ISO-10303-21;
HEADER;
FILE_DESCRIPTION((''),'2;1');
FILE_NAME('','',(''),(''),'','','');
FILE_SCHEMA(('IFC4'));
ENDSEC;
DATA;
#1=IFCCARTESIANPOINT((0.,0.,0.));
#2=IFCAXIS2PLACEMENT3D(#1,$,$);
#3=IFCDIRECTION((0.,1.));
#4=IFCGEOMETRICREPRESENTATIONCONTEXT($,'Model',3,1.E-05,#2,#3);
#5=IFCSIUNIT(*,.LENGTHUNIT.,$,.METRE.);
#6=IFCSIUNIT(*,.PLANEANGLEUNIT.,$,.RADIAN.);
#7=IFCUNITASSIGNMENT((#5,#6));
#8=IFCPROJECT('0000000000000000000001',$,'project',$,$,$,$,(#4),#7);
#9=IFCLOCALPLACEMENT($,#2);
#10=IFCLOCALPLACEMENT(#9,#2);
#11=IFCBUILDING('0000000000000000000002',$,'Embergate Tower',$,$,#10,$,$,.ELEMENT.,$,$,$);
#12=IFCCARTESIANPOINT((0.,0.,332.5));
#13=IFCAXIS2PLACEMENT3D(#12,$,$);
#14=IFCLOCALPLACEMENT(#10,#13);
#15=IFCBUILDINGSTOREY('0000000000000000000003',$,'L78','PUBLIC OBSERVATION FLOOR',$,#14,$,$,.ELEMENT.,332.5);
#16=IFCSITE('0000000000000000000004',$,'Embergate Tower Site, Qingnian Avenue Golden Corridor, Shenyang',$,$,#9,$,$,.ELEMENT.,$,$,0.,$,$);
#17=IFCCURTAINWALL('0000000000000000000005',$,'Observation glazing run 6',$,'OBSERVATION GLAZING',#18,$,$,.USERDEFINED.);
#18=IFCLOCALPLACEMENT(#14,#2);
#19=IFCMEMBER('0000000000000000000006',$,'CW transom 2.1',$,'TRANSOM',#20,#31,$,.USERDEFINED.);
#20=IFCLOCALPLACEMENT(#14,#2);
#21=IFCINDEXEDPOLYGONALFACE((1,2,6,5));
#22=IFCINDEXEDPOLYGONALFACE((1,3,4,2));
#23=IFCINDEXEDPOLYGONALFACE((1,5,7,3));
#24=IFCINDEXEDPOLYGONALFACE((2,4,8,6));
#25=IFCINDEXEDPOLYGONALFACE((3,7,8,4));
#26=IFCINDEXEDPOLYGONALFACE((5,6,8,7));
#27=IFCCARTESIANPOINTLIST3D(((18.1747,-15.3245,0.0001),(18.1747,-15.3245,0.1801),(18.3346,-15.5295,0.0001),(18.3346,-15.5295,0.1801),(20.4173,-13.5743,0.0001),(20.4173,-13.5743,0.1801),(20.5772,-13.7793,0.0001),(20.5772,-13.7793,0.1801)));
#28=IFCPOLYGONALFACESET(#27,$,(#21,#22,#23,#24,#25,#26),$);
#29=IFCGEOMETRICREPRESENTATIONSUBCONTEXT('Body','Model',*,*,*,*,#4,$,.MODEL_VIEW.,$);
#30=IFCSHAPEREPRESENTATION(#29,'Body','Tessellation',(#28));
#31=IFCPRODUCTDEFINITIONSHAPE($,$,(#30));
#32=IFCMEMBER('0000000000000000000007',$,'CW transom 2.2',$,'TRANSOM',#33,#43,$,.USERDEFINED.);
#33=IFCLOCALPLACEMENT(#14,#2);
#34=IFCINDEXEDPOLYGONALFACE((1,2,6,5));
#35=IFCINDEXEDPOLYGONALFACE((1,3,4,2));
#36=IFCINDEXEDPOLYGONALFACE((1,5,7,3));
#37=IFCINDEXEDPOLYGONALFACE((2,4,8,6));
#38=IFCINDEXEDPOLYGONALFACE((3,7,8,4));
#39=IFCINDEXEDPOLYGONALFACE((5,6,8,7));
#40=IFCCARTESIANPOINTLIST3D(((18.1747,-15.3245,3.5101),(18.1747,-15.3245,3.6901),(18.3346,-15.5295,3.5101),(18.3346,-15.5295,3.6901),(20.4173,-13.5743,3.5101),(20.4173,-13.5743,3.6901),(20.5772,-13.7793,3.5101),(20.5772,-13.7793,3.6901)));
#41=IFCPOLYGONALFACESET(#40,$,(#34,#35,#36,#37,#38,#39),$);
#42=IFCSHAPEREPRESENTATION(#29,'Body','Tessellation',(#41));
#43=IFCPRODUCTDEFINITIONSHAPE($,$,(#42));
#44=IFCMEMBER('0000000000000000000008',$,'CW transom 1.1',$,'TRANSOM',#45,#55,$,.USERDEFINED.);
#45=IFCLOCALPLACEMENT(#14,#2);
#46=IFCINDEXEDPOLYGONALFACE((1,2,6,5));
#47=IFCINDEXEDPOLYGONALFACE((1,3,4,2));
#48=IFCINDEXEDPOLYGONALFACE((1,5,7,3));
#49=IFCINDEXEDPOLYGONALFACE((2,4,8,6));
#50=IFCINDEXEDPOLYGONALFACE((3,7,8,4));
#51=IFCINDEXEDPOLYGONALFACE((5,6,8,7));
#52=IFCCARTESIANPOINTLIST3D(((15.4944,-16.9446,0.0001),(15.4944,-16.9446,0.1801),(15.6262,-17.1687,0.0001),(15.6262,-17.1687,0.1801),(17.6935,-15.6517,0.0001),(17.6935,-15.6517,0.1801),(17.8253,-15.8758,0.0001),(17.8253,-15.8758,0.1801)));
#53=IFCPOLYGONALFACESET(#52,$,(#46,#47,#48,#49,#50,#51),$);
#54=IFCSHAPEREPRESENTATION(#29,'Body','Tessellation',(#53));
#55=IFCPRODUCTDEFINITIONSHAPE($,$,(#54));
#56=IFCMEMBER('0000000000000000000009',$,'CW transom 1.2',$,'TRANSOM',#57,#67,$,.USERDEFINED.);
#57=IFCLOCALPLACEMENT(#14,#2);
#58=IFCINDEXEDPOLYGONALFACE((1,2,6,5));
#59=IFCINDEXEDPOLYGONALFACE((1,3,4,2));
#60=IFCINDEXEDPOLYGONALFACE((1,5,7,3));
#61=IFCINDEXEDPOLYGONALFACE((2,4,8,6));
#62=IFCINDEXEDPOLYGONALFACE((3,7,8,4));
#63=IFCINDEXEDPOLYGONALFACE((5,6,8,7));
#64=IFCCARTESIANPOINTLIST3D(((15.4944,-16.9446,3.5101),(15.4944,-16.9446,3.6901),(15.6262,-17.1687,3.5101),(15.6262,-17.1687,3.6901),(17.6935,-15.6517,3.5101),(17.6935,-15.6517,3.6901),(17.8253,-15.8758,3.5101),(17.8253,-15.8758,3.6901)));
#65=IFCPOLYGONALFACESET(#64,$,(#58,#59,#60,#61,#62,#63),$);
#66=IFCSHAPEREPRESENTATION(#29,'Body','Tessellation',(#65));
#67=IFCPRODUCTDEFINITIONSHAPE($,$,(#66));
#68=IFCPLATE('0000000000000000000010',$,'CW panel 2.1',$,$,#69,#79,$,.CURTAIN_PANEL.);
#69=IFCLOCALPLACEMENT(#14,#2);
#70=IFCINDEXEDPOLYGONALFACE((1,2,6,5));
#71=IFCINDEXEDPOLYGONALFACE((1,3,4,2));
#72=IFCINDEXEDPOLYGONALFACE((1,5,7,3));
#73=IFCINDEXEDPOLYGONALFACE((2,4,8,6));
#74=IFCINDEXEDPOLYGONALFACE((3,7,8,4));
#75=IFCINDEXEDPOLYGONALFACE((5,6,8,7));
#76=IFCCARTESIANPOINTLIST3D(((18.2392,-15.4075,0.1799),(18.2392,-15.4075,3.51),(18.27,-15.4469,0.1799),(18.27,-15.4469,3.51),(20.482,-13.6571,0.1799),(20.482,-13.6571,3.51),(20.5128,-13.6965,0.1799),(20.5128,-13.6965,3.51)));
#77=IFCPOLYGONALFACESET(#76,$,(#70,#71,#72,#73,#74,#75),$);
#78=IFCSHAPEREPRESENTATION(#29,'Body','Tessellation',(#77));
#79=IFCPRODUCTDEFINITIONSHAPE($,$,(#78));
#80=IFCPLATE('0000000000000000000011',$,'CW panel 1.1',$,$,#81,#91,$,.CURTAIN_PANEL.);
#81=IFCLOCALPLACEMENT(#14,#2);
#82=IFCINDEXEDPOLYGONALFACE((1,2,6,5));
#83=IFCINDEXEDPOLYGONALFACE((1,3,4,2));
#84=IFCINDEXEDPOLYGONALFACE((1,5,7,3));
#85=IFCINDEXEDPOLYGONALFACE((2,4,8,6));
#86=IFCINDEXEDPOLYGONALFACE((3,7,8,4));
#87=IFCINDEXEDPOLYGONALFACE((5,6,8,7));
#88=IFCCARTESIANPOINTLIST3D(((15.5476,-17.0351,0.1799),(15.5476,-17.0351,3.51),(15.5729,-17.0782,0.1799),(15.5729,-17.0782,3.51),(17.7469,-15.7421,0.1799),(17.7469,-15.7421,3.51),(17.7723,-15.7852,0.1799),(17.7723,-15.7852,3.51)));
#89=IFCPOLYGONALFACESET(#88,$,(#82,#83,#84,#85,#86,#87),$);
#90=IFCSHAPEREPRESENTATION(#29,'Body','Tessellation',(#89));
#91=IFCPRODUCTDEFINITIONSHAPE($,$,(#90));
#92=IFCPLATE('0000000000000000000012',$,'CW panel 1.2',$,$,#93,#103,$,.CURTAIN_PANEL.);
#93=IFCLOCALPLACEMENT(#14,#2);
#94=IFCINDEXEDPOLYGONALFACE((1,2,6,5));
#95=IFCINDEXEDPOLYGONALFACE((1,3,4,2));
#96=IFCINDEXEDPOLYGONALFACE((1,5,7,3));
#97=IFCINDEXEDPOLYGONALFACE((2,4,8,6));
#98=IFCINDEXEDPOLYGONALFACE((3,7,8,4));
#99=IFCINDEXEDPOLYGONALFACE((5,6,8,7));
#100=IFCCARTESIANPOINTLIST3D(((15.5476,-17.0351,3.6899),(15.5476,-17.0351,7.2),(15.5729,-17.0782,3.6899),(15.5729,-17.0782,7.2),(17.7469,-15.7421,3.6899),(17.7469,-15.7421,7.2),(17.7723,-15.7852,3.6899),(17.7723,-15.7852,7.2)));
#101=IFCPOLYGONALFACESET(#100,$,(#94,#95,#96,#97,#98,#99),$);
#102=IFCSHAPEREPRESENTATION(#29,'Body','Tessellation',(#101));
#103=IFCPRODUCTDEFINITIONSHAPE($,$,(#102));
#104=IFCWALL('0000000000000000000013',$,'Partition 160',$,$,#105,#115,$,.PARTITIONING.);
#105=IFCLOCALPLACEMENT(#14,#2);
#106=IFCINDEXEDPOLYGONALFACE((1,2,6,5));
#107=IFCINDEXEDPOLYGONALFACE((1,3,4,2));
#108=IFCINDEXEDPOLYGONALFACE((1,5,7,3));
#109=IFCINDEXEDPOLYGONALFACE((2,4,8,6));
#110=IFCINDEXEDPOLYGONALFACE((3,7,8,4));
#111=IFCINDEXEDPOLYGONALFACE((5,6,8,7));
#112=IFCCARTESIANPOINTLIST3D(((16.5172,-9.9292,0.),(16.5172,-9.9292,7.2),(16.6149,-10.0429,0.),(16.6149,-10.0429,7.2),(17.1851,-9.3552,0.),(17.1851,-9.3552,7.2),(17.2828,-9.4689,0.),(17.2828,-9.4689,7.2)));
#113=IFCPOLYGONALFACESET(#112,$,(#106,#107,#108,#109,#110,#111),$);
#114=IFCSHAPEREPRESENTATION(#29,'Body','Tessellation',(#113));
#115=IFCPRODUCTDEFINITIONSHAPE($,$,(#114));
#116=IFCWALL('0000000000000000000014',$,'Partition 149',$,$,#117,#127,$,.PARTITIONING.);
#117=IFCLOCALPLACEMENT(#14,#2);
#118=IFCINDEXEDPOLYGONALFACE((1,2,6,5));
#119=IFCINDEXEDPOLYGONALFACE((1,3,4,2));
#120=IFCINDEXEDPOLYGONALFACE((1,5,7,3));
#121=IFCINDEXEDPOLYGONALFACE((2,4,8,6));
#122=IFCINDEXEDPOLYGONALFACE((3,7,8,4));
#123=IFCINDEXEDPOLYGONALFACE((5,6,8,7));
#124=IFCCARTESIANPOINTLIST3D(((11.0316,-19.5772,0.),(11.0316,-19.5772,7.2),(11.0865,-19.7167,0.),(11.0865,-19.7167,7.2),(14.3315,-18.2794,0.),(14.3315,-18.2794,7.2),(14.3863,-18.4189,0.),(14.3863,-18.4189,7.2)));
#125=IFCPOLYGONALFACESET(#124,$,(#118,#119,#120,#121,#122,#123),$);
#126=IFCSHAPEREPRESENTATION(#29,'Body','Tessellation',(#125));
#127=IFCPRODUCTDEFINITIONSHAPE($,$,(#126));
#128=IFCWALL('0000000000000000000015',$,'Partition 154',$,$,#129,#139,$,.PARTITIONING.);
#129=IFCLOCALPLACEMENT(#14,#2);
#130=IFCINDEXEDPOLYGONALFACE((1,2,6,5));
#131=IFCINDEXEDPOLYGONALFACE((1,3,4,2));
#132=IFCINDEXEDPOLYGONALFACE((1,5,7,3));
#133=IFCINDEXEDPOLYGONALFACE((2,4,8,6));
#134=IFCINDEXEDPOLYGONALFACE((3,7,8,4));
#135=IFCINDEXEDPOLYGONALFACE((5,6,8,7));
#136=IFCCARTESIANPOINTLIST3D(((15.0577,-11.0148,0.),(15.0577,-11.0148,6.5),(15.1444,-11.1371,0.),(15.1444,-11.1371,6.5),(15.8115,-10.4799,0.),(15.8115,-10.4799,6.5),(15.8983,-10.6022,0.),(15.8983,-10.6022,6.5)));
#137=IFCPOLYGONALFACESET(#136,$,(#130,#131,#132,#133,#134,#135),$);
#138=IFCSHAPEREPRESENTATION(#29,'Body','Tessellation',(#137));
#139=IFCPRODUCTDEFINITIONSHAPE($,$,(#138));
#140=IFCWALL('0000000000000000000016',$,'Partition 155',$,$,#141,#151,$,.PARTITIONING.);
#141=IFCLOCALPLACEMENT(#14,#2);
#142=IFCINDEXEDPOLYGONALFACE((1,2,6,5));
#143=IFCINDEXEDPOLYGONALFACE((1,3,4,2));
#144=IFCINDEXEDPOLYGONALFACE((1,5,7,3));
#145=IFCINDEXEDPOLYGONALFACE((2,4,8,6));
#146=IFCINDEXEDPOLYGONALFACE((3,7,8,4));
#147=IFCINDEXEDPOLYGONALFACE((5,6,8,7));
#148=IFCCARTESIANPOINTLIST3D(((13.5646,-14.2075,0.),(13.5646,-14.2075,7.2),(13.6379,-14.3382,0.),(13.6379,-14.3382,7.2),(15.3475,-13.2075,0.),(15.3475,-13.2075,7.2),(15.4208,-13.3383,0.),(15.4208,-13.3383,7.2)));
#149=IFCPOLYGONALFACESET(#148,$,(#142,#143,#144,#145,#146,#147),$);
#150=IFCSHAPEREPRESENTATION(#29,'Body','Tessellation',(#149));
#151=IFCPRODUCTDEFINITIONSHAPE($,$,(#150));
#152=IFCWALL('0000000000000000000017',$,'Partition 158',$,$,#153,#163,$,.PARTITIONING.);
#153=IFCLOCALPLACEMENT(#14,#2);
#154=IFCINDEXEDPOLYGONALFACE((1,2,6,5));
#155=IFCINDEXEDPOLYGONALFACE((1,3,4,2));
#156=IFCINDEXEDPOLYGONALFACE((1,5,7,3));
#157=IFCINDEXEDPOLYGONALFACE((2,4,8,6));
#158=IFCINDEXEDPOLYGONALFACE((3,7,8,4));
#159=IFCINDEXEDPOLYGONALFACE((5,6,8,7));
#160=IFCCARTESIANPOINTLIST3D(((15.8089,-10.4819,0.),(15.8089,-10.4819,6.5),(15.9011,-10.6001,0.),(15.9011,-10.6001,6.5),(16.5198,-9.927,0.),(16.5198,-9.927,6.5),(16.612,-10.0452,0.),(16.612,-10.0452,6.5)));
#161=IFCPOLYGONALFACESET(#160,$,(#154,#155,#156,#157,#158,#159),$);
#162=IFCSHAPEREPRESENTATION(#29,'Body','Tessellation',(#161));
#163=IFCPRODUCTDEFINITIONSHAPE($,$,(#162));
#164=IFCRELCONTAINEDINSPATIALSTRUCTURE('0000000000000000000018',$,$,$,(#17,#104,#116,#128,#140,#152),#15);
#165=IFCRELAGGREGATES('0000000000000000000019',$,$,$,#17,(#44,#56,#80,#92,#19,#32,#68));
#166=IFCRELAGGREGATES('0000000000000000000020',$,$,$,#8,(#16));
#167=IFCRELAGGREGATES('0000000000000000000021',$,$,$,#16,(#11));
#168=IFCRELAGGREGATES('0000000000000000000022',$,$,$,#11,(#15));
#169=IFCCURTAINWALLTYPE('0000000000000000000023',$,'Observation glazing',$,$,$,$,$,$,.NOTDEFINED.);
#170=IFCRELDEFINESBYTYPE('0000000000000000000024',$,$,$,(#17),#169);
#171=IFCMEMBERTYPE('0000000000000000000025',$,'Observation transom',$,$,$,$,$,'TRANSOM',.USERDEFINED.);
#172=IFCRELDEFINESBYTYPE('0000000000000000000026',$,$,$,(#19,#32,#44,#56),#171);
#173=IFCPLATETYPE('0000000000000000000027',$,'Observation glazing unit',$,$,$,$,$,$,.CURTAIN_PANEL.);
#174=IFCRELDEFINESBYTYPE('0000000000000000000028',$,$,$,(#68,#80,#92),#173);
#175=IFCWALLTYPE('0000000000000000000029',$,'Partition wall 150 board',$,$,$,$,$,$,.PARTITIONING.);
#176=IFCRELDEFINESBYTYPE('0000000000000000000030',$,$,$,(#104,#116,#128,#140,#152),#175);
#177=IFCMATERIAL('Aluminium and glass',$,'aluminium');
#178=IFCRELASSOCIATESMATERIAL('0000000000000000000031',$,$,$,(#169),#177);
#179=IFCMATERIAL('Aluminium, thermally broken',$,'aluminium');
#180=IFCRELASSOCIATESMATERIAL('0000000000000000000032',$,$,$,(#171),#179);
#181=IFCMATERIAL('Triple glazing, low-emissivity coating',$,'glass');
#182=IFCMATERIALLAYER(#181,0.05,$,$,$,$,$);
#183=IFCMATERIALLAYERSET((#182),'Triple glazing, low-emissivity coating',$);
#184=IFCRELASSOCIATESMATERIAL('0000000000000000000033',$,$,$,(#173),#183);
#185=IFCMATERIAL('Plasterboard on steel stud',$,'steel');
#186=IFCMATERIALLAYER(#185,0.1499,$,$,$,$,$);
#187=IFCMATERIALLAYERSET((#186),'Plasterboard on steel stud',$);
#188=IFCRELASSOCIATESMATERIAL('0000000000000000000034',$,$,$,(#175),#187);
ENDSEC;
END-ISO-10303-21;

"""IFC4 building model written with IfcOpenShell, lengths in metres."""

from ifc_helpers import new_model, si_unit, direction, frame, frame_2d, origin, origin_2d, place, context, subcontext, project, spatial, rectangle, extrude, source, transform, mapped, material, layer, layer_set, material_profile, profile_set, type_object, element, aggregate, save


model = new_model("IFC4")

# Units and contexts
model_context = context("Model", 3, precision=1e-05, world=origin(), true_north=direction((0.0, 1.0)))
body_context = subcontext(model_context, "Body", "Model", "MODEL_VIEW")
ifc_project = project(units=[si_unit("LENGTHUNIT", "METRE"), si_unit("PLANEANGLEUNIT", "RADIAN")], contexts=[model_context])

# Site, building, storey
site_placement = place(None, origin())
site = spatial("IfcSite", under=ifc_project, at=site_placement, Name="Embergate Tower Site, Qingnian Avenue Golden Corridor, Shenyang", CompositionType="ELEMENT", RefElevation=0.0)
building_placement = place(site_placement, origin())
building = spatial("IfcBuilding", under=site, at=building_placement, Name="Embergate Tower", CompositionType="ELEMENT")
storey_placement = place(building_placement, frame((0.0, 0.0, 332.5)))
storey = spatial("IfcBuildingStorey", under=building, at=storey_placement, Name="L78", Description="PUBLIC OBSERVATION FLOOR", CompositionType="ELEMENT", Elevation=332.5)

# Shared definitions
ifc_material_1 = material(Name="Aluminium and glass", Category="aluminium")
curtain_wall_type = type_object("IfcCurtainWallType", Name="Observation glazing", PredefinedType="NOTDEFINED", material=ifc_material_1)
ifc_material_2 = material(Name="Aluminium, thermally broken", Category="aluminium")

# Curtain wall, members, plates
curtain_wall_1_placement = place(storey_placement, origin())
curtain_wall_1 = element("IfcCurtainWall", 1, at=curtain_wall_1_placement, inside=storey, type_object=curtain_wall_type, Name="Observation glazing run 6", ObjectType="OBSERVATION GLAZING", PredefinedType="USERDEFINED")
ifc_material_profile_1 = material_profile(ifc_material_2, rectangle(XDim=0.26, YDim=0.1799, at=origin_2d()), Name="AL 180x260")
ifc_profile_set_1 = profile_set([ifc_material_profile_1], Name="Aluminium, thermally broken")
member_type_1 = type_object("IfcMemberType", Name="Observation transom", ElementType="TRANSOM", PredefinedType="USERDEFINED", material=ifc_profile_set_1)
shared_shape_1 = source(origin(), body_context, "Body", "SweptSolid", [
    extrude(rectangle(XDim=0.26, YDim=0.1799, at=origin_2d()), origin(), (0.0, 0.0, 1.0), 2.8447),
])
member_1_placement = place(storey_placement, frame((18.2546, -15.427, 0.0901), z_axis=(0.788339, 0.615241, 0.0), x_axis=(-0.615241, 0.788339, 0.0)))
member_1 = element("IfcMember", 2, at=member_1_placement, type_object=member_type_1, Name="CW transom 2.1", ObjectType="TRANSOM", PredefinedType="USERDEFINED", context=body_context, shape_type="MappedRepresentation", body=[
    mapped(shared_shape_1, transform((0.0, 0.0, 0.0))),
])
member_2_placement = place(storey_placement, frame((18.2546, -15.427, 3.6001), z_axis=(0.788339, 0.615241, 0.0), x_axis=(-0.615241, 0.788339, 0.0)))
member_2 = element("IfcMember", 3, at=member_2_placement, type_object=member_type_1, Name="CW transom 2.2", ObjectType="TRANSOM", PredefinedType="USERDEFINED", context=body_context, shape_type="MappedRepresentation", body=[
    mapped(shared_shape_1, transform((0.0, 0.0, 0.0))),
])
shared_shape_2 = source(origin(), body_context, "Body", "SweptSolid", [
    extrude(rectangle(XDim=0.26, YDim=0.1799, at=origin_2d()), origin(), (0.0, 0.0, 1.0), 2.551),
])
member_3_placement = place(storey_placement, frame((15.5603, -17.0566, 0.0901), z_axis=(0.862052, 0.506819, 0.0), x_axis=(-0.506819, 0.862052, 0.0)))
member_3 = element("IfcMember", 4, at=member_3_placement, type_object=member_type_1, Name="CW transom 1.1", ObjectType="TRANSOM", PredefinedType="USERDEFINED", context=body_context, shape_type="MappedRepresentation", body=[
    mapped(shared_shape_2, transform((0.0, 0.0, 0.0))),
])
member_4_placement = place(storey_placement, frame((15.5603, -17.0566, 3.6001), z_axis=(0.862052, 0.506819, 0.0), x_axis=(-0.506819, 0.862052, 0.0)))
member_4 = element("IfcMember", 5, at=member_4_placement, type_object=member_type_1, Name="CW transom 1.2", ObjectType="TRANSOM", PredefinedType="USERDEFINED", context=body_context, shape_type="MappedRepresentation", body=[
    mapped(shared_shape_2, transform((0.0, 0.0, 0.0))),
])
ifc_material_3 = material(Name="Triple glazing, low-emissivity coating", Category="glass")
ifc_layer_1 = layer(ifc_material_3, 0.05)
ifc_layer_set_1 = layer_set([ifc_layer_1], Name="Triple glazing, low-emissivity coating")
plate_type = type_object("IfcPlateType", Name="Observation glazing unit", PredefinedType="CURTAIN_PANEL", material=ifc_layer_set_1)
shared_shape_3 = source(origin(), body_context, "Body", "SweptSolid", [
    extrude(rectangle(XDim=2.845, YDim=0.05, at=origin_2d()), origin(), (0.0, 0.0, 1.0), 3.3301),
])
plate_1_placement = place(storey_placement, frame((19.376, -14.552, 0.1799), z_axis=(0.0, 0.0, 1.0), x_axis=(0.788325, 0.615258, 0.0)))
plate_1 = element("IfcPlate", 6, at=plate_1_placement, type_object=plate_type, Name="CW panel 2.1", PredefinedType="CURTAIN_PANEL", context=body_context, shape_type="MappedRepresentation", body=[
    mapped(shared_shape_3, transform((0.0, 0.0, 0.0))),
])
shared_shape_4 = source(origin(), body_context, "Body", "SweptSolid", [
    extrude(rectangle(XDim=2.5513, YDim=0.05, at=origin_2d()), origin(), (0.0, 0.0, 1.0), 3.3301),
])
plate_2_placement = place(storey_placement, frame((16.6599, -16.4102, 0.1799), z_axis=(0.0, 0.0, 1.0), x_axis=(0.862057, 0.506812, 0.0)))
plate_2 = element("IfcPlate", 7, at=plate_2_placement, type_object=plate_type, Name="CW panel 1.1", PredefinedType="CURTAIN_PANEL", context=body_context, shape_type="MappedRepresentation", body=[
    mapped(shared_shape_4, transform((0.0, 0.0, 0.0))),
])
shared_shape_5 = source(origin(), body_context, "Body", "SweptSolid", [
    extrude(rectangle(XDim=2.5513, YDim=0.05, at=origin_2d()), origin(), (0.0, 0.0, 1.0), 3.51),
])
plate_3_placement = place(storey_placement, frame((16.6599, -16.4102, 3.6899), z_axis=(0.0, 0.0, 1.0), x_axis=(0.862057, 0.506812, 0.0)))
plate_3 = element("IfcPlate", 8, at=plate_3_placement, type_object=plate_type, Name="CW panel 1.2", PredefinedType="CURTAIN_PANEL", context=body_context, shape_type="MappedRepresentation", body=[
    mapped(shared_shape_5, transform((0.0, 0.0, 0.0))),
])
aggregate(curtain_wall_1, [member_3, member_4, plate_2, plate_3, member_1, member_2, plate_1])

# Walls
ifc_material_4 = material(Name="Plasterboard on steel stud", Category="steel")
ifc_layer_2 = layer(ifc_material_4, 0.1499)
ifc_layer_set_2 = layer_set([ifc_layer_2], Name="Plasterboard on steel stud")
wall_type = type_object("IfcWallType", Name="Partition wall 150 board", PredefinedType="PARTITIONING", material=ifc_layer_set_2)
shared_shape_6 = source(origin(), body_context, "Body", "SweptSolid", [
    extrude(rectangle(XDim=0.8806, YDim=0.1499, at=frame_2d((0.4404, 0.0))), origin(), (0.0, 0.0, 1.0), 7.2),
])
wall_1_placement = place(storey_placement, frame((16.5659, -9.9861, 0.0), z_axis=(0.0, 0.0, 1.0), x_axis=(0.758454, 0.651727, 0.0)))
element("IfcWall", 9, at=wall_1_placement, inside=storey, type_object=wall_type, Name="Partition 160", PredefinedType="PARTITIONING", context=body_context, shape_type="MappedRepresentation", body=[
    mapped(shared_shape_6, transform((0.0, 0.0, 0.0))),
])
shared_shape_7 = source(origin(), body_context, "Body", "SweptSolid", [
    extrude(rectangle(XDim=3.5459, YDim=0.1499, at=frame_2d((1.7729, 0.0))), origin(), (0.0, 0.0, 1.0), 7.2),
])
wall_2_placement = place(storey_placement, frame((14.3589, -18.3491, 0.0), z_axis=(0.0, 0.0, 1.0), x_axis=(-0.930607, -0.366019, 0.0)))
element("IfcWall", 10, at=wall_2_placement, inside=storey, type_object=wall_type, Name="Partition 149", PredefinedType="PARTITIONING", context=body_context, shape_type="MappedRepresentation", body=[
    mapped(shared_shape_7, transform((0.0, 0.0, 0.0))),
])
shared_shape_8 = source(origin(), body_context, "Body", "SweptSolid", [
    extrude(rectangle(XDim=0.9243, YDim=0.1499, at=frame_2d((0.4622, 0.0))), origin(), (0.0, 0.0, 1.0), 6.5),
])
wall_3_placement = place(storey_placement, frame((15.1011, -11.0759, 0.0), z_axis=(0.0, 0.0, 1.0), x_axis=(0.815567, 0.578662, 0.0)))
element("IfcWall", 11, at=wall_3_placement, inside=storey, type_object=wall_type, Name="Partition 154", PredefinedType="PARTITIONING", context=body_context, shape_type="MappedRepresentation", body=[
    mapped(shared_shape_8, transform((0.0, 0.0, 0.0))),
])
shared_shape_9 = source(origin(), body_context, "Body", "SweptSolid", [
    extrude(rectangle(XDim=2.0442, YDim=0.1499, at=frame_2d((1.022, 0.0))), origin(), (0.0, 0.0, 1.0), 7.2),
])
wall_4_placement = place(storey_placement, frame((15.384, -13.2729, 0.0), z_axis=(0.0, 0.0, 1.0), x_axis=(-0.872184, -0.489178, 0.0)))
element("IfcWall", 12, at=wall_4_placement, inside=storey, type_object=wall_type, Name="Partition 155", PredefinedType="PARTITIONING", context=body_context, shape_type="MappedRepresentation", body=[
    mapped(shared_shape_9, transform((0.0, 0.0, 0.0))),
])
shared_shape_10 = source(origin(), body_context, "Body", "SweptSolid", [
    extrude(rectangle(XDim=0.9019, YDim=0.1499, at=frame_2d((0.4509, 0.0))), origin(), (0.0, 0.0, 1.0), 6.5),
])
wall_5_placement = place(storey_placement, frame((15.855, -10.541, 0.0), z_axis=(0.0, 0.0, 1.0), x_axis=(0.788287, 0.615308, 0.0)))
element("IfcWall", 13, at=wall_5_placement, inside=storey, type_object=wall_type, Name="Partition 158", PredefinedType="PARTITIONING", context=body_context, shape_type="MappedRepresentation", body=[
    mapped(shared_shape_10, transform((0.0, 0.0, 0.0))),
])

save(model, "model.ifc")
